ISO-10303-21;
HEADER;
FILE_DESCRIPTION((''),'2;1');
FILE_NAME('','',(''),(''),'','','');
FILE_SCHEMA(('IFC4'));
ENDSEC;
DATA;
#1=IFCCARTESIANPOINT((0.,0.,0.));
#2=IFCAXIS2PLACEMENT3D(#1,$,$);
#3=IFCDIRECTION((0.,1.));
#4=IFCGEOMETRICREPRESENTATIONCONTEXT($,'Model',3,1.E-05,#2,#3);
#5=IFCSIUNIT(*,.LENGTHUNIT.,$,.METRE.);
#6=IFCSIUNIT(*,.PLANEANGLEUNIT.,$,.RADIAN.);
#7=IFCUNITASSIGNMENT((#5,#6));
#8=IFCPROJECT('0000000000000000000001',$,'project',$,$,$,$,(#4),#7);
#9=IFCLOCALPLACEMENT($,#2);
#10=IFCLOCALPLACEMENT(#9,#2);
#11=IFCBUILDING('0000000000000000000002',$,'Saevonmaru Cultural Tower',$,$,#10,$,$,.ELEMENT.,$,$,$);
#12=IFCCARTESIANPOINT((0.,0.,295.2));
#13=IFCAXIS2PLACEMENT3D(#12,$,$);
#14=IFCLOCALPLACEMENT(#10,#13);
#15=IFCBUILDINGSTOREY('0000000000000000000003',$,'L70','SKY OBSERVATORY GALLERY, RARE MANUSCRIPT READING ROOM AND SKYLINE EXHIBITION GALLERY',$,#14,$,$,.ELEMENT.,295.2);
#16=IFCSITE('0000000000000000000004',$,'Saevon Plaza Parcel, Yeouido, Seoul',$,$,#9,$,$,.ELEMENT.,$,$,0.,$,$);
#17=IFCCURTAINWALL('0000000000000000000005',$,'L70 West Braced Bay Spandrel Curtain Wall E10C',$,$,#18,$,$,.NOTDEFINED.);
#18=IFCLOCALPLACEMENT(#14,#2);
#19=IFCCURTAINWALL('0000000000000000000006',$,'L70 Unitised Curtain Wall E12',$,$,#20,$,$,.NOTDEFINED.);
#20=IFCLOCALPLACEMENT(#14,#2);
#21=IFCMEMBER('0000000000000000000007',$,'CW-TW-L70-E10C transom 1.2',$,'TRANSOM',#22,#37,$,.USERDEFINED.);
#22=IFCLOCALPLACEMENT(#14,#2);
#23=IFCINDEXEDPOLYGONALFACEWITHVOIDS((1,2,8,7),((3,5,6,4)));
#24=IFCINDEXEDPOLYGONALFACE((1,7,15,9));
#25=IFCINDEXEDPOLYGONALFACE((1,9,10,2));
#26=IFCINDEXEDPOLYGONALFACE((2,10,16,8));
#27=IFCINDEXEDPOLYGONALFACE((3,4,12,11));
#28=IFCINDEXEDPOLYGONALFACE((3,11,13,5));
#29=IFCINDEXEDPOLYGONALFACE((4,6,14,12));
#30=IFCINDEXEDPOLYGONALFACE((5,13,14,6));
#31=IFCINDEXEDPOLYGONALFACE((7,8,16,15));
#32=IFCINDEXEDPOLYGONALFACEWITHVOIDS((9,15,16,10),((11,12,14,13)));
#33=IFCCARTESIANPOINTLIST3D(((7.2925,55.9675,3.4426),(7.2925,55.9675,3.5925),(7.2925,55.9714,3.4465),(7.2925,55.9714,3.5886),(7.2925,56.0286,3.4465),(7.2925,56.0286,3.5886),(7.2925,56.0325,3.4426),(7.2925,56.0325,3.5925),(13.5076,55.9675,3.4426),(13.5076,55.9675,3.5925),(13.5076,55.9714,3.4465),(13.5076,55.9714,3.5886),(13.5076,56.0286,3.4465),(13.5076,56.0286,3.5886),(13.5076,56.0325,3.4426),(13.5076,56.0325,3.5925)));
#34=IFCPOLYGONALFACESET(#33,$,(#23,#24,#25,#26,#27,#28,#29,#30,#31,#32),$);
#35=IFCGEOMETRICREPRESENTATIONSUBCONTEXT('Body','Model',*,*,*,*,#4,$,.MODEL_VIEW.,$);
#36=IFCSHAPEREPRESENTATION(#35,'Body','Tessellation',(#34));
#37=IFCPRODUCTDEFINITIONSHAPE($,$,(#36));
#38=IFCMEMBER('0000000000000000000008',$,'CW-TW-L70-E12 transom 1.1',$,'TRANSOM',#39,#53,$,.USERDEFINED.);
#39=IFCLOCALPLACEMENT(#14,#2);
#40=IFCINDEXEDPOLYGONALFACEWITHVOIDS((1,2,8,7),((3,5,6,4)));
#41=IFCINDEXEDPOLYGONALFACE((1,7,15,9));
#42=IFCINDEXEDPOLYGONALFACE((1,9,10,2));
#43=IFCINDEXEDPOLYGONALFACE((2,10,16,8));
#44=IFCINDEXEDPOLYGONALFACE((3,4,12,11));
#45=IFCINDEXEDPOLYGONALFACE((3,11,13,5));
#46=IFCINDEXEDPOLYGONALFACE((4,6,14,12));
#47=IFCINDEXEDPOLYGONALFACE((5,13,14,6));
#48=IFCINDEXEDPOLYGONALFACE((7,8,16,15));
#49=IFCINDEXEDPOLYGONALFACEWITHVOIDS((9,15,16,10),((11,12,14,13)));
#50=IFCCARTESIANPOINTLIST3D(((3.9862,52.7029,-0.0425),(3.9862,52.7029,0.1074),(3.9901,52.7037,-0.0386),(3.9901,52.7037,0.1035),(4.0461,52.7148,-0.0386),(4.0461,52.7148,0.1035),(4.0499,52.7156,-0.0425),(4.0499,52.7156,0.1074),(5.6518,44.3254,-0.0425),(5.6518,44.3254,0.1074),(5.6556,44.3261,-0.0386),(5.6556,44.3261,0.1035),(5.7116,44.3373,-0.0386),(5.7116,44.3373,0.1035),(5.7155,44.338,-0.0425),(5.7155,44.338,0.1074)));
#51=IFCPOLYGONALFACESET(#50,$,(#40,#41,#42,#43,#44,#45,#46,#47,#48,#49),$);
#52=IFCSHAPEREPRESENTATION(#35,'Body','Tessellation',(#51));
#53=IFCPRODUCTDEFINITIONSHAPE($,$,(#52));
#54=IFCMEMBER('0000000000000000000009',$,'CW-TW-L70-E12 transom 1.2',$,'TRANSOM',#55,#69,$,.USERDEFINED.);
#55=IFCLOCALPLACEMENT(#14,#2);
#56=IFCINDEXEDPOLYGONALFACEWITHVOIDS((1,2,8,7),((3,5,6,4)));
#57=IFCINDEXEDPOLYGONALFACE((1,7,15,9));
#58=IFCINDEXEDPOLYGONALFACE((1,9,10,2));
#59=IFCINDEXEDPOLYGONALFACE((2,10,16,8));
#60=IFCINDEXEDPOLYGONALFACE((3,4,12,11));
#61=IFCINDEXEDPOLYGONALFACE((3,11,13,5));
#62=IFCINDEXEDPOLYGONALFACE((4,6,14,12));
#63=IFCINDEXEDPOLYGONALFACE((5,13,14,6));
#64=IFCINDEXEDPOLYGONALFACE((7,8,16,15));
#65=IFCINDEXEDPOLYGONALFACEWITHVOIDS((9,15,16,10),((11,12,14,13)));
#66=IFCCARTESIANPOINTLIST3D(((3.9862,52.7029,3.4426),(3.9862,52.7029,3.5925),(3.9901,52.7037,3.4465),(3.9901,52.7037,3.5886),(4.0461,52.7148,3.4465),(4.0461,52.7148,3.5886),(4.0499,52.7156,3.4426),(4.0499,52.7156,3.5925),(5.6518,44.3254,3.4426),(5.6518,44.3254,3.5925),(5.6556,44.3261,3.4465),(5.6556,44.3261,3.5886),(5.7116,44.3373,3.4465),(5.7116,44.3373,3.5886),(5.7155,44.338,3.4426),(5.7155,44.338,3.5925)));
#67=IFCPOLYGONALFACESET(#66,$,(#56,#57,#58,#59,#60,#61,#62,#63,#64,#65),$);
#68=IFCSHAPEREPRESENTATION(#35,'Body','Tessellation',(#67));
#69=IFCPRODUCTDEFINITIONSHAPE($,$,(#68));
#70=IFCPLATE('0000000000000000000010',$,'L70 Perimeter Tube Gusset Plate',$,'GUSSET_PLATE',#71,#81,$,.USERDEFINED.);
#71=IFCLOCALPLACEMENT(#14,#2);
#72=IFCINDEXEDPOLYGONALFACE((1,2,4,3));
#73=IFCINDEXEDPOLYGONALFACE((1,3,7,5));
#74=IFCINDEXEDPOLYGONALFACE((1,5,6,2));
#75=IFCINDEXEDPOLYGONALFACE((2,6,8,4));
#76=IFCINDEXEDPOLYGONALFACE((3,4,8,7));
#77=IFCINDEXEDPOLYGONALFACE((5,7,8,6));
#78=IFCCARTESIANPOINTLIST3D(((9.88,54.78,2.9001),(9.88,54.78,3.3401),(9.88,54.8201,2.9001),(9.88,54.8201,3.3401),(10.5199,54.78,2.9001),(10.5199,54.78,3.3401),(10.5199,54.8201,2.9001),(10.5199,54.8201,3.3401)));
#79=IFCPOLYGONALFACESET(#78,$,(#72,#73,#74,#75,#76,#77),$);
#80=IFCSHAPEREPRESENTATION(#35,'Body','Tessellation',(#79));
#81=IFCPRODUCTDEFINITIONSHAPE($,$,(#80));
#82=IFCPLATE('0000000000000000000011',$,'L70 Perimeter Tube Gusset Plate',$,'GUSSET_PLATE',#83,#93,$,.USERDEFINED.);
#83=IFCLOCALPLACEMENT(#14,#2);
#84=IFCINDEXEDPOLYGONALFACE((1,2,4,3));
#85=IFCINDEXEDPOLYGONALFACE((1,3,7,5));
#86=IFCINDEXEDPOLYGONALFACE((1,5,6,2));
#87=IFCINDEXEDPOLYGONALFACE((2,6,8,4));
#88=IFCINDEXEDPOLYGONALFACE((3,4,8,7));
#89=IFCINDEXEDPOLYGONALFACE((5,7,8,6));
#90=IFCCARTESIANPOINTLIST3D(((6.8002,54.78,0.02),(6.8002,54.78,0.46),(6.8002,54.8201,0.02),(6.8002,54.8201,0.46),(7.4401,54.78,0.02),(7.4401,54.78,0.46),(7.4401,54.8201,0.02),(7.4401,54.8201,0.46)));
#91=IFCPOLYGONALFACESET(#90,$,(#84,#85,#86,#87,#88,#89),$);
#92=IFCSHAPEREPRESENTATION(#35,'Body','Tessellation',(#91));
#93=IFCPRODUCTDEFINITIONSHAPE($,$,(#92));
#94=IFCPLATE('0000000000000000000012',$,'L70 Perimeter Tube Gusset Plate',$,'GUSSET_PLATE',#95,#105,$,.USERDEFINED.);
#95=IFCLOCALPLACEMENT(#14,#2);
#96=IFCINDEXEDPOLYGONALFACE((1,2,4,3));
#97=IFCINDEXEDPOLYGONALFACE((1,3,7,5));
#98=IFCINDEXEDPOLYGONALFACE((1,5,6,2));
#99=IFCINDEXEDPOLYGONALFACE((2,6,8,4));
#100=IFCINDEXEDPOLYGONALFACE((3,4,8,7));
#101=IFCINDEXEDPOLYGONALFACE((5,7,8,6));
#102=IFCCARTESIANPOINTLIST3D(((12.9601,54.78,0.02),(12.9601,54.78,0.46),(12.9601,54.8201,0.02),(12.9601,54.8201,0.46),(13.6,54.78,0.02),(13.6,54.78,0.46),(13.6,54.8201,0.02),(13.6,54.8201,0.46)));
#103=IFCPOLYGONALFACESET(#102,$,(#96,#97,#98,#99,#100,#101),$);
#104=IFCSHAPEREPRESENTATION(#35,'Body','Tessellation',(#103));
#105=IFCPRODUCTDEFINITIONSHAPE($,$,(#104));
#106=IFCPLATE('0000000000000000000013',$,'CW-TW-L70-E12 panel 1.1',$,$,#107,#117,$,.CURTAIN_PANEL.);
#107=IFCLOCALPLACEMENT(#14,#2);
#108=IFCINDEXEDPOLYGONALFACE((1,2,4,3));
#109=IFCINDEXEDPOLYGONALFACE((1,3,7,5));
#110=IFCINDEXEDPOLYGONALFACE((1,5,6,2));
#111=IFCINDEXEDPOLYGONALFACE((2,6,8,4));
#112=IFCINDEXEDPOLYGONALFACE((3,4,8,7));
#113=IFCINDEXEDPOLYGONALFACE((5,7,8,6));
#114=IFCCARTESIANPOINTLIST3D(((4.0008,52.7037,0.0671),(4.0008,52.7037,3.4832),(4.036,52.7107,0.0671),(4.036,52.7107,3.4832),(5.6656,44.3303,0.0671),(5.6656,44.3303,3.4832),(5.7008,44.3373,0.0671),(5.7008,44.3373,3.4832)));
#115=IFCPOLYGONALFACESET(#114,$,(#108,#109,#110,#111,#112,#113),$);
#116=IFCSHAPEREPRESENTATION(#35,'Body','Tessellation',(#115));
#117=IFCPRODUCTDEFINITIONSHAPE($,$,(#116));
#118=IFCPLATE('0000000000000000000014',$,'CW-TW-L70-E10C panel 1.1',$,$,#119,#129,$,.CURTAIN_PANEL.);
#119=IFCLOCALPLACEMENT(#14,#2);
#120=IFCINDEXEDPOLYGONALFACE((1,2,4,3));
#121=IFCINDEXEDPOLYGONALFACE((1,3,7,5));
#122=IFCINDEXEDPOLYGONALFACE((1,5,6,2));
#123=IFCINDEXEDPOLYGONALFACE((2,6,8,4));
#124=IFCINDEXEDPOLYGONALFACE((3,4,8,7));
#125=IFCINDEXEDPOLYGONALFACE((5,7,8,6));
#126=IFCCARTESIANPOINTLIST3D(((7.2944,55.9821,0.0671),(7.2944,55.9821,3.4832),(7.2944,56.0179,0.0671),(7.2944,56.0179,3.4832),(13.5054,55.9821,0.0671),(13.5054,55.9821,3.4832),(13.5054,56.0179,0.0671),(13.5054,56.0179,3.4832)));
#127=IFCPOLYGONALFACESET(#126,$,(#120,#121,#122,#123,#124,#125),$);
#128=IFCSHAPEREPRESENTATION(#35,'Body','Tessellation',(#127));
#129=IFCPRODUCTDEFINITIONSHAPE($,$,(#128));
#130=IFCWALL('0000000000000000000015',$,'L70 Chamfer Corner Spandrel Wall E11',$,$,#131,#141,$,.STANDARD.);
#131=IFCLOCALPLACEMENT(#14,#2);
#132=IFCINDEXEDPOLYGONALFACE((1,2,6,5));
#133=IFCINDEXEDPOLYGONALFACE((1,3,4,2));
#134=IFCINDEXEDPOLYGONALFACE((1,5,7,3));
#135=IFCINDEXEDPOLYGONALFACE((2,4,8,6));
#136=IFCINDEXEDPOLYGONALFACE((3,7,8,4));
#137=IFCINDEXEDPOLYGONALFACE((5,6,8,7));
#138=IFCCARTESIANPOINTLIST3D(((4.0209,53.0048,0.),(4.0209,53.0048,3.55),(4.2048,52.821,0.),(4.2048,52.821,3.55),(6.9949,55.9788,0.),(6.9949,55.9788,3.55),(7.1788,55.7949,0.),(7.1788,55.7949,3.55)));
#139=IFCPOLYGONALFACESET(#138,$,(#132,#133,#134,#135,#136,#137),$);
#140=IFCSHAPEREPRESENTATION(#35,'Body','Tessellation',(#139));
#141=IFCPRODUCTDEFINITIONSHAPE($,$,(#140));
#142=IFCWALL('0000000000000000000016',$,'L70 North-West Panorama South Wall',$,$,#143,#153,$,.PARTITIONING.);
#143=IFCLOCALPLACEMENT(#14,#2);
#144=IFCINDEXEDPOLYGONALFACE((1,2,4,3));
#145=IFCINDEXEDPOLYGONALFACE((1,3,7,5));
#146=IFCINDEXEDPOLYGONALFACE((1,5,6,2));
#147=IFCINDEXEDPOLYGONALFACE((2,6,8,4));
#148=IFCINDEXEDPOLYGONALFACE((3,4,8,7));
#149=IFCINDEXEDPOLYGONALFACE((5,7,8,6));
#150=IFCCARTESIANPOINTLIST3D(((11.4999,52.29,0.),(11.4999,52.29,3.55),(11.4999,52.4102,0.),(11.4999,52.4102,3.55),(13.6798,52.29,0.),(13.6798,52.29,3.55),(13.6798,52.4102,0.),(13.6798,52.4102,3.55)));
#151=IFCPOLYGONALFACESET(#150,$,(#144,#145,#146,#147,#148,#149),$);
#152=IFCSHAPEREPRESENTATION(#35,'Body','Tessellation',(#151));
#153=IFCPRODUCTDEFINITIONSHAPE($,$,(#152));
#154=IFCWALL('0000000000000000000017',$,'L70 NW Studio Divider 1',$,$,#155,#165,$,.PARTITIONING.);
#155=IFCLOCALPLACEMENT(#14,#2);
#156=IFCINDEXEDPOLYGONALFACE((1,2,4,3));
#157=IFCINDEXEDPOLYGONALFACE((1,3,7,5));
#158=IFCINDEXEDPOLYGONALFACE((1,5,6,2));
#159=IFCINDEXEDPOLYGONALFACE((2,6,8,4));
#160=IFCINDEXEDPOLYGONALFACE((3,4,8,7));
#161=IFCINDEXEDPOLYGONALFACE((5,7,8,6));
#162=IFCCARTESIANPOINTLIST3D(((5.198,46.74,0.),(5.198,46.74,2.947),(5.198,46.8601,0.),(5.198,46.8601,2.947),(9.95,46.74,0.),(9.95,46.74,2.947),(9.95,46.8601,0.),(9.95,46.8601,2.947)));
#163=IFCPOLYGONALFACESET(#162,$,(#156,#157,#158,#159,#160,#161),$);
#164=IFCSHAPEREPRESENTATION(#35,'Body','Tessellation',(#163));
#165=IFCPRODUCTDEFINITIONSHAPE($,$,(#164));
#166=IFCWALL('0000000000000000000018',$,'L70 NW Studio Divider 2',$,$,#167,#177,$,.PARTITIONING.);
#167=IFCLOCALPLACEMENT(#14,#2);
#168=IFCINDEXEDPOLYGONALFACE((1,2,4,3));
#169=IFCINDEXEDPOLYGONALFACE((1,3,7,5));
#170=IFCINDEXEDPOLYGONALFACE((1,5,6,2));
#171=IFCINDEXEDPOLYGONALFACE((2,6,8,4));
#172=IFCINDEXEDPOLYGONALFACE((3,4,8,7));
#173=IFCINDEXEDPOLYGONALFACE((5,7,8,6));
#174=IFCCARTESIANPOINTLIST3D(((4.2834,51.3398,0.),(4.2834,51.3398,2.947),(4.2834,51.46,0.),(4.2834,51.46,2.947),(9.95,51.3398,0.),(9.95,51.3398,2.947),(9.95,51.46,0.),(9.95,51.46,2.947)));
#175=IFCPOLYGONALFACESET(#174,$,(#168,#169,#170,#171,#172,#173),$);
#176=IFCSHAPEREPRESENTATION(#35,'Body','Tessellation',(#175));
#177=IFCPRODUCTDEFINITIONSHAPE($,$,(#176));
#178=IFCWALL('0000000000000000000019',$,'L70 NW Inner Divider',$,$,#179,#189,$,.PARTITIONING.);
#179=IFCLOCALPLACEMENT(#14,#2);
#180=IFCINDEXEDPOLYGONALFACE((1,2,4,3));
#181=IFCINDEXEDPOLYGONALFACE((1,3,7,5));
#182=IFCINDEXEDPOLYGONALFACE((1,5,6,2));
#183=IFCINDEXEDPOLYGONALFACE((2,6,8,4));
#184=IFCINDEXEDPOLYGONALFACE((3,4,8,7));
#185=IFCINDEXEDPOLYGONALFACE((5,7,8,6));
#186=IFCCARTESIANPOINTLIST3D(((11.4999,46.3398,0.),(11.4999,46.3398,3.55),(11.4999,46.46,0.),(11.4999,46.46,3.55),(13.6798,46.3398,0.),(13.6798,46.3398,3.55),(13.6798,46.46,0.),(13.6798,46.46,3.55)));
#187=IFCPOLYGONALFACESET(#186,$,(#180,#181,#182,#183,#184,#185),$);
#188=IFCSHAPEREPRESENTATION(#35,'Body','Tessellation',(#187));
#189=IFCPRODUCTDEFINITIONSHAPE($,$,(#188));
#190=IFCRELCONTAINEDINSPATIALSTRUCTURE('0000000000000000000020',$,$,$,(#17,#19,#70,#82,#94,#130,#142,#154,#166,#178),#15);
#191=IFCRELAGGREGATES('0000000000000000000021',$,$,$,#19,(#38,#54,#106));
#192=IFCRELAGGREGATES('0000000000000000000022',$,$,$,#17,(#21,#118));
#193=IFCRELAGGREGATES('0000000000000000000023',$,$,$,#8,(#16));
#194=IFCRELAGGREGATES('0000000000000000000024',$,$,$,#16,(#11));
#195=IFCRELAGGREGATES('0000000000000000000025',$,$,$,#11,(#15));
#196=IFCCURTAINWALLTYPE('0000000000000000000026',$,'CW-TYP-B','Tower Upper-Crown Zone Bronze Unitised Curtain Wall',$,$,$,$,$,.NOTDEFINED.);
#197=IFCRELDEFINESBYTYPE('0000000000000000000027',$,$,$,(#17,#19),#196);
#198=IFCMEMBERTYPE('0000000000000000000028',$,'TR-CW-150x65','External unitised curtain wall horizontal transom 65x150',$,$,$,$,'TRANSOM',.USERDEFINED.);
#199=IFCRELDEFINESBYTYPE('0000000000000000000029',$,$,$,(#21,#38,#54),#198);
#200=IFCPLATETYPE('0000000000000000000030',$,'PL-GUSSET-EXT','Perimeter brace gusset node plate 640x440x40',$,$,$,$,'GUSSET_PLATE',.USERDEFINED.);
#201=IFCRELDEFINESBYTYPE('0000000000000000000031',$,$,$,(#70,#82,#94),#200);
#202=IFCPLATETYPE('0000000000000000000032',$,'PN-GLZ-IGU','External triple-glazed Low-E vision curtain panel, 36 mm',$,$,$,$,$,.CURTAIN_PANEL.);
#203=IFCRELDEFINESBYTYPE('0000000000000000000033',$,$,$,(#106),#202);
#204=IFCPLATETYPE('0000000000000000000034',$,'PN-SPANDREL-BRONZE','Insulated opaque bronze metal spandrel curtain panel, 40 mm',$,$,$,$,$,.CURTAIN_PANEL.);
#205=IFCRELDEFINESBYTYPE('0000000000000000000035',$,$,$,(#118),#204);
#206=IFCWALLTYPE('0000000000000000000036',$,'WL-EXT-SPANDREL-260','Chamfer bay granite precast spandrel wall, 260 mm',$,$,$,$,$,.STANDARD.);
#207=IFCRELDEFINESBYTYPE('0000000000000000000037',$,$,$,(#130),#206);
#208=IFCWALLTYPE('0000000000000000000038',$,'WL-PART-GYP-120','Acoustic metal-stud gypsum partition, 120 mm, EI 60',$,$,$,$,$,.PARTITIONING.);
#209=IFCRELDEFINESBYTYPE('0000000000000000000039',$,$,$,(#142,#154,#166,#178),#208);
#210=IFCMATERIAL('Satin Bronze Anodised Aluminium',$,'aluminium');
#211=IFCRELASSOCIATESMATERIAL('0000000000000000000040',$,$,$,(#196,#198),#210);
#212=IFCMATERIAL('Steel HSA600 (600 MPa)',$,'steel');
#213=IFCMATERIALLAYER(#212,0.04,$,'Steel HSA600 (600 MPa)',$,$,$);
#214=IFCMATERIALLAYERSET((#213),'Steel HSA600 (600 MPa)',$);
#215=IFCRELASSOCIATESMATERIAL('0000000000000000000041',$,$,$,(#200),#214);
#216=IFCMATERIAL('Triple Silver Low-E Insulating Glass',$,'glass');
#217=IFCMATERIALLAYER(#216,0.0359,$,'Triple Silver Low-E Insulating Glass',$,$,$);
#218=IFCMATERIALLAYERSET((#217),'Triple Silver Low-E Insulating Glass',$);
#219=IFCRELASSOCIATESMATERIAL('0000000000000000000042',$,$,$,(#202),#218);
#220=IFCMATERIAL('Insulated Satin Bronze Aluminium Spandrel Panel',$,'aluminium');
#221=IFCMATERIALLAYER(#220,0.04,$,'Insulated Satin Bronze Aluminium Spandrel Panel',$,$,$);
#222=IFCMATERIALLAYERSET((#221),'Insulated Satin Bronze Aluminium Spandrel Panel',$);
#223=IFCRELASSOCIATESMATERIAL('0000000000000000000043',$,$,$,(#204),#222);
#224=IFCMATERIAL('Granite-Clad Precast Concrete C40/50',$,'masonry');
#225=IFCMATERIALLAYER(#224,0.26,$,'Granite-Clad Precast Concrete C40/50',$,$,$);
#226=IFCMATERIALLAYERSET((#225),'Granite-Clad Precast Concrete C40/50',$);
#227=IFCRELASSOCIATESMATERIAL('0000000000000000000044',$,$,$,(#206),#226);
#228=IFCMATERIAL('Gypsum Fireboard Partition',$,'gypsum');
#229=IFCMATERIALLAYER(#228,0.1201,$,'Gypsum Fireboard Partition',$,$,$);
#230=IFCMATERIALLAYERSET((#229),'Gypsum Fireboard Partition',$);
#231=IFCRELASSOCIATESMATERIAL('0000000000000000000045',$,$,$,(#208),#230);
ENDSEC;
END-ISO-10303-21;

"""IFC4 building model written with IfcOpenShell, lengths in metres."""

from ifc_helpers import new_model, si_unit, direction, frame, frame_2d, origin, origin_2d, place, context, subcontext, project, spatial, rectangle, hollow_rectangle, extrude, material, layer, layer_set, material_profile, profile_set, type_object, element, aggregate, save


model = new_model("IFC4")

# Units and contexts
model_context = context("Model", 3, precision=1e-05, world=origin(), true_north=direction((0.0, 1.0)))
body_context = subcontext(model_context, "Body", "Model", "MODEL_VIEW")
ifc_project = project(units=[si_unit("LENGTHUNIT", "METRE"), si_unit("PLANEANGLEUNIT", "RADIAN")], contexts=[model_context])

# Site, building, storey
site_placement = place(None, origin())
site = spatial("IfcSite", under=ifc_project, at=site_placement, Name="Saevon Plaza Parcel, Yeouido, Seoul", CompositionType="ELEMENT", RefElevation=0.0)
building_placement = place(site_placement, origin())
building = spatial("IfcBuilding", under=site, at=building_placement, Name="Saevonmaru Cultural Tower", CompositionType="ELEMENT")
storey_placement = place(building_placement, frame((0.0, 0.0, 295.2)))
storey = spatial("IfcBuildingStorey", under=building, at=storey_placement, Name="L70", Description="SKY OBSERVATORY GALLERY, RARE MANUSCRIPT READING ROOM AND SKYLINE EXHIBITION GALLERY", CompositionType="ELEMENT", Elevation=295.2)

# Curtain wall
ifc_material_1 = material(Name="Satin Bronze Anodised Aluminium", Category="aluminium")
curtain_wall_type = type_object("IfcCurtainWallType", Name="CW-TYP-B", Description="Tower Upper-Crown Zone Bronze Unitised Curtain Wall", PredefinedType="NOTDEFINED", material=ifc_material_1)
curtain_wall_1_placement = place(storey_placement, origin())
curtain_wall_1 = element("IfcCurtainWall", 1, at=curtain_wall_1_placement, inside=storey, type_object=curtain_wall_type, Name="L70 West Braced Bay Spandrel Curtain Wall E10C", PredefinedType="NOTDEFINED")

# Curtain wall
curtain_wall_2_placement = place(storey_placement, origin())
curtain_wall_2 = element("IfcCurtainWall", 2, at=curtain_wall_2_placement, inside=storey, type_object=curtain_wall_type, Name="L70 Unitised Curtain Wall E12", PredefinedType="NOTDEFINED")

# Members
ifc_material_profile_1 = material_profile(ifc_material_1, hollow_rectangle(XDim=0.0649, YDim=0.1499, WallThickness=0.0039, at=origin_2d()), Name="ALU-TRAN-150x65x4")
ifc_profile_set_1 = profile_set([ifc_material_profile_1], Name="Satin Bronze Anodised Aluminium")
member_type_1 = type_object("IfcMemberType", Name="TR-CW-150x65", Description="External unitised curtain wall horizontal transom 65x150", ElementType="TRANSOM", PredefinedType="USERDEFINED", material=ifc_profile_set_1)
member_1_placement = place(storey_placement, frame((13.5076, 56.0, 3.5176), z_axis=(-1.0, 0.0, 0.0), x_axis=(0.0, -1.0, 0.0)))
member_1 = element("IfcMember", 3, at=member_1_placement, type_object=member_type_1, Name="CW-TW-L70-E10C transom 1.2", ObjectType="TRANSOM", PredefinedType="USERDEFINED", context=body_context, shape_type="SweptSolid", body=[
    extrude(hollow_rectangle(XDim=0.0649, YDim=0.1499, WallThickness=0.0039, at=origin_2d()), origin(), (0.0, 0.0, 1.0), 6.2151),
])
member_2_placement = place(storey_placement, frame((4.0181, 52.7092, 0.0325), z_axis=(0.194995, -0.980804, 0.0), x_axis=(0.980804, 0.194995, 0.0)))
member_2 = element("IfcMember", 4, at=member_2_placement, type_object=member_type_1, Name="CW-TW-L70-E12 transom 1.1", ObjectType="TRANSOM", PredefinedType="USERDEFINED", context=body_context, shape_type="SweptSolid", body=[
    extrude(hollow_rectangle(XDim=0.0649, YDim=0.1499, WallThickness=0.0039, at=origin_2d()), origin(), (0.0, 0.0, 1.0), 8.5415),
])
member_3_placement = place(storey_placement, frame((4.0181, 52.7092, 3.5176), z_axis=(0.194995, -0.980804, 0.0), x_axis=(0.980804, 0.194995, 0.0)))
member_3 = element("IfcMember", 5, at=member_3_placement, type_object=member_type_1, Name="CW-TW-L70-E12 transom 1.2", ObjectType="TRANSOM", PredefinedType="USERDEFINED", context=body_context, shape_type="SweptSolid", body=[
    extrude(hollow_rectangle(XDim=0.0649, YDim=0.1499, WallThickness=0.0039, at=origin_2d()), origin(), (0.0, 0.0, 1.0), 8.5415),
])

# Plates
ifc_material_2 = material(Name="Steel HSA600 (600 MPa)", Category="steel")
ifc_layer_1 = layer(ifc_material_2, 0.04, Name="Steel HSA600 (600 MPa)")
ifc_layer_set_1 = layer_set([ifc_layer_1], Name="Steel HSA600 (600 MPa)")
plate_type_1 = type_object("IfcPlateType", Name="PL-GUSSET-EXT", Description="Perimeter brace gusset node plate 640x440x40", ElementType="GUSSET_PLATE", PredefinedType="USERDEFINED", material=ifc_layer_set_1)
for number, where, z_axis, x_axis, name in (
    (6, (10.2, 54.8, 2.9001), (0.0, 0.0, 1.0), (1.0, 0.0, 0.0), "L70 Perimeter Tube Gusset Plate"),
    (7, (7.1201, 54.8, 0.02), (0.0, 0.0, 1.0), (1.0, 0.0, 0.0), "L70 Perimeter Tube Gusset Plate"),
    (8, (13.28, 54.8, 0.02), (0.0, 0.0, 1.0), (1.0, 0.0, 0.0), "L70 Perimeter Tube Gusset Plate"),
):
    element("IfcPlate", number, at=place(storey_placement, frame(where, z_axis=z_axis, x_axis=x_axis)), inside=storey, type_object=plate_type_1, Name=name, ObjectType="GUSSET_PLATE", PredefinedType="USERDEFINED", context=body_context, shape_type="SweptSolid", body=[
        extrude(rectangle(XDim=0.6399, YDim=0.04, at=origin_2d()), origin(), (0.0, 0.0, 1.0), 0.4399),
    ])

# Plates
ifc_material_3 = material(Name="Triple Silver Low-E Insulating Glass", Category="glass")
ifc_layer_2 = layer(ifc_material_3, 0.0359, Name="Triple Silver Low-E Insulating Glass")
ifc_layer_set_2 = layer_set([ifc_layer_2], Name="Triple Silver Low-E Insulating Glass")
plate_type_2 = type_object("IfcPlateType", Name="PN-GLZ-IGU", Description="External triple-glazed Low-E vision curtain panel, 36 mm", PredefinedType="CURTAIN_PANEL", material=ifc_layer_set_2)
plate_1_placement = place(storey_placement, frame((4.8508, 48.5205, 0.0671), z_axis=(0.0, 0.0, 1.0), x_axis=(0.195005, -0.980802, 0.0)))
plate_1 = element("IfcPlate", 9, at=plate_1_placement, type_object=plate_type_2, Name="CW-TW-L70-E12 panel 1.1", PredefinedType="CURTAIN_PANEL", context=body_context, shape_type="SweptSolid", body=[
    extrude(rectangle(XDim=8.5374, YDim=0.0359, at=origin_2d()), origin(), (0.0, 0.0, 1.0), 3.416),
])
aggregate(curtain_wall_2, [member_2, member_3, plate_1])
ifc_material_4 = material(Name="Insulated Satin Bronze Aluminium Spandrel Panel", Category="aluminium")
ifc_layer_3 = layer(ifc_material_4, 0.04, Name="Insulated Satin Bronze Aluminium Spandrel Panel")
ifc_layer_set_3 = layer_set([ifc_layer_3], Name="Insulated Satin Bronze Aluminium Spandrel Panel")
plate_type_3 = type_object("IfcPlateType", Name="PN-SPANDREL-BRONZE", Description="Insulated opaque bronze metal spandrel curtain panel, 40 mm", PredefinedType="CURTAIN_PANEL", material=ifc_layer_set_3)
plate_2_placement = place(storey_placement, frame((10.3999, 56.0, 0.0671), z_axis=(0.0, 0.0, 1.0), x_axis=(-1.0, 0.0, 0.0)))
plate_2 = element("IfcPlate", 10, at=plate_2_placement, type_object=plate_type_3, Name="CW-TW-L70-E10C panel 1.1", PredefinedType="CURTAIN_PANEL", context=body_context, shape_type="SweptSolid", body=[
    extrude(rectangle(XDim=6.2109, YDim=0.0359, at=origin_2d()), origin(), (0.0, 0.0, 1.0), 3.416),
])
aggregate(curtain_wall_1, [member_1, plate_2])

# Wall
ifc_material_5 = material(Name="Granite-Clad Precast Concrete C40/50", Category="masonry")
ifc_layer_4 = layer(ifc_material_5, 0.26, Name="Granite-Clad Precast Concrete C40/50")
ifc_layer_set_4 = layer_set([ifc_layer_4], Name="Granite-Clad Precast Concrete C40/50")
wall_type_1 = type_object("IfcWallType", Name="WL-EXT-SPANDREL-260", Description="Chamfer bay granite precast spandrel wall, 260 mm", PredefinedType="STANDARD", material=ifc_layer_set_4)
wall_1_placement = place(storey_placement, frame((7.0869, 55.887, 0.0), z_axis=(0.0, 0.0, 1.0), x_axis=(-0.707107, -0.707107, 0.0)))
element("IfcWall", 11, at=wall_1_placement, inside=storey, type_object=wall_type_1, Name="L70 Chamfer Corner Spandrel Wall E11", PredefinedType="STANDARD", context=body_context, shape_type="SweptSolid", body=[
    extrude(rectangle(XDim=4.2058, YDim=0.26, at=frame_2d((2.103, 0.0))), origin(), (0.0, 0.0, 1.0), 3.55),
])

# Shared definitions
ifc_material_6 = material(Name="Gypsum Fireboard Partition", Category="gypsum")

# Wall
ifc_layer_5 = layer(ifc_material_6, 0.1201, Name="Gypsum Fireboard Partition")
ifc_layer_set_5 = layer_set([ifc_layer_5], Name="Gypsum Fireboard Partition")
wall_type_2 = type_object("IfcWallType", Name="WL-PART-GYP-120", Description="Acoustic metal-stud gypsum partition, 120 mm, EI 60", PredefinedType="PARTITIONING", material=ifc_layer_set_5)
wall_2_placement = place(storey_placement, frame((11.5, 52.3501, 0.0), z_axis=(0.0, 0.0, 1.0), x_axis=(1.0, 0.0, 0.0)))
element("IfcWall", 12, at=wall_2_placement, inside=storey, type_object=wall_type_2, Name="L70 North-West Panorama South Wall", PredefinedType="PARTITIONING", context=body_context, shape_type="SweptSolid", body=[
    extrude(rectangle(XDim=2.1799, YDim=0.1201, at=frame_2d((1.0898, 0.0))), origin(), (0.0, 0.0, 1.0), 3.55),
])

# Walls
wall_3_placement = place(storey_placement, frame((5.198, 46.8, 0.0), z_axis=(0.0, 0.0, 1.0), x_axis=(1.0, 0.0, 0.0)))
element("IfcWall", 13, at=wall_3_placement, inside=storey, type_object=wall_type_2, Name="L70 NW Studio Divider 1", PredefinedType="PARTITIONING", context=body_context, shape_type="SweptSolid", body=[
    extrude(rectangle(XDim=4.752, YDim=0.1201, at=frame_2d((2.376, 0.0))), origin(), (0.0, 0.0, 1.0), 2.947),
])
wall_4_placement = place(storey_placement, frame((4.2834, 51.3999, 0.0), z_axis=(0.0, 0.0, 1.0), x_axis=(1.0, 0.0, 0.0)))
element("IfcWall", 14, at=wall_4_placement, inside=storey, type_object=wall_type_2, Name="L70 NW Studio Divider 2", PredefinedType="PARTITIONING", context=body_context, shape_type="SweptSolid", body=[
    extrude(rectangle(XDim=5.6665, YDim=0.1201, at=frame_2d((2.8333, 0.0))), origin(), (0.0, 0.0, 1.0), 2.947),
])

# Wall
wall_5_placement = place(storey_placement, frame((11.5, 46.3999, 0.0), z_axis=(0.0, 0.0, 1.0), x_axis=(1.0, 0.0, 0.0)))
element("IfcWall", 15, at=wall_5_placement, inside=storey, type_object=wall_type_2, Name="L70 NW Inner Divider", PredefinedType="PARTITIONING", context=body_context, shape_type="SweptSolid", body=[
    extrude(rectangle(XDim=2.1799, YDim=0.1201, at=frame_2d((1.0898, 0.0))), origin(), (0.0, 0.0, 1.0), 3.55),
])

save(model, "model.ifc")
